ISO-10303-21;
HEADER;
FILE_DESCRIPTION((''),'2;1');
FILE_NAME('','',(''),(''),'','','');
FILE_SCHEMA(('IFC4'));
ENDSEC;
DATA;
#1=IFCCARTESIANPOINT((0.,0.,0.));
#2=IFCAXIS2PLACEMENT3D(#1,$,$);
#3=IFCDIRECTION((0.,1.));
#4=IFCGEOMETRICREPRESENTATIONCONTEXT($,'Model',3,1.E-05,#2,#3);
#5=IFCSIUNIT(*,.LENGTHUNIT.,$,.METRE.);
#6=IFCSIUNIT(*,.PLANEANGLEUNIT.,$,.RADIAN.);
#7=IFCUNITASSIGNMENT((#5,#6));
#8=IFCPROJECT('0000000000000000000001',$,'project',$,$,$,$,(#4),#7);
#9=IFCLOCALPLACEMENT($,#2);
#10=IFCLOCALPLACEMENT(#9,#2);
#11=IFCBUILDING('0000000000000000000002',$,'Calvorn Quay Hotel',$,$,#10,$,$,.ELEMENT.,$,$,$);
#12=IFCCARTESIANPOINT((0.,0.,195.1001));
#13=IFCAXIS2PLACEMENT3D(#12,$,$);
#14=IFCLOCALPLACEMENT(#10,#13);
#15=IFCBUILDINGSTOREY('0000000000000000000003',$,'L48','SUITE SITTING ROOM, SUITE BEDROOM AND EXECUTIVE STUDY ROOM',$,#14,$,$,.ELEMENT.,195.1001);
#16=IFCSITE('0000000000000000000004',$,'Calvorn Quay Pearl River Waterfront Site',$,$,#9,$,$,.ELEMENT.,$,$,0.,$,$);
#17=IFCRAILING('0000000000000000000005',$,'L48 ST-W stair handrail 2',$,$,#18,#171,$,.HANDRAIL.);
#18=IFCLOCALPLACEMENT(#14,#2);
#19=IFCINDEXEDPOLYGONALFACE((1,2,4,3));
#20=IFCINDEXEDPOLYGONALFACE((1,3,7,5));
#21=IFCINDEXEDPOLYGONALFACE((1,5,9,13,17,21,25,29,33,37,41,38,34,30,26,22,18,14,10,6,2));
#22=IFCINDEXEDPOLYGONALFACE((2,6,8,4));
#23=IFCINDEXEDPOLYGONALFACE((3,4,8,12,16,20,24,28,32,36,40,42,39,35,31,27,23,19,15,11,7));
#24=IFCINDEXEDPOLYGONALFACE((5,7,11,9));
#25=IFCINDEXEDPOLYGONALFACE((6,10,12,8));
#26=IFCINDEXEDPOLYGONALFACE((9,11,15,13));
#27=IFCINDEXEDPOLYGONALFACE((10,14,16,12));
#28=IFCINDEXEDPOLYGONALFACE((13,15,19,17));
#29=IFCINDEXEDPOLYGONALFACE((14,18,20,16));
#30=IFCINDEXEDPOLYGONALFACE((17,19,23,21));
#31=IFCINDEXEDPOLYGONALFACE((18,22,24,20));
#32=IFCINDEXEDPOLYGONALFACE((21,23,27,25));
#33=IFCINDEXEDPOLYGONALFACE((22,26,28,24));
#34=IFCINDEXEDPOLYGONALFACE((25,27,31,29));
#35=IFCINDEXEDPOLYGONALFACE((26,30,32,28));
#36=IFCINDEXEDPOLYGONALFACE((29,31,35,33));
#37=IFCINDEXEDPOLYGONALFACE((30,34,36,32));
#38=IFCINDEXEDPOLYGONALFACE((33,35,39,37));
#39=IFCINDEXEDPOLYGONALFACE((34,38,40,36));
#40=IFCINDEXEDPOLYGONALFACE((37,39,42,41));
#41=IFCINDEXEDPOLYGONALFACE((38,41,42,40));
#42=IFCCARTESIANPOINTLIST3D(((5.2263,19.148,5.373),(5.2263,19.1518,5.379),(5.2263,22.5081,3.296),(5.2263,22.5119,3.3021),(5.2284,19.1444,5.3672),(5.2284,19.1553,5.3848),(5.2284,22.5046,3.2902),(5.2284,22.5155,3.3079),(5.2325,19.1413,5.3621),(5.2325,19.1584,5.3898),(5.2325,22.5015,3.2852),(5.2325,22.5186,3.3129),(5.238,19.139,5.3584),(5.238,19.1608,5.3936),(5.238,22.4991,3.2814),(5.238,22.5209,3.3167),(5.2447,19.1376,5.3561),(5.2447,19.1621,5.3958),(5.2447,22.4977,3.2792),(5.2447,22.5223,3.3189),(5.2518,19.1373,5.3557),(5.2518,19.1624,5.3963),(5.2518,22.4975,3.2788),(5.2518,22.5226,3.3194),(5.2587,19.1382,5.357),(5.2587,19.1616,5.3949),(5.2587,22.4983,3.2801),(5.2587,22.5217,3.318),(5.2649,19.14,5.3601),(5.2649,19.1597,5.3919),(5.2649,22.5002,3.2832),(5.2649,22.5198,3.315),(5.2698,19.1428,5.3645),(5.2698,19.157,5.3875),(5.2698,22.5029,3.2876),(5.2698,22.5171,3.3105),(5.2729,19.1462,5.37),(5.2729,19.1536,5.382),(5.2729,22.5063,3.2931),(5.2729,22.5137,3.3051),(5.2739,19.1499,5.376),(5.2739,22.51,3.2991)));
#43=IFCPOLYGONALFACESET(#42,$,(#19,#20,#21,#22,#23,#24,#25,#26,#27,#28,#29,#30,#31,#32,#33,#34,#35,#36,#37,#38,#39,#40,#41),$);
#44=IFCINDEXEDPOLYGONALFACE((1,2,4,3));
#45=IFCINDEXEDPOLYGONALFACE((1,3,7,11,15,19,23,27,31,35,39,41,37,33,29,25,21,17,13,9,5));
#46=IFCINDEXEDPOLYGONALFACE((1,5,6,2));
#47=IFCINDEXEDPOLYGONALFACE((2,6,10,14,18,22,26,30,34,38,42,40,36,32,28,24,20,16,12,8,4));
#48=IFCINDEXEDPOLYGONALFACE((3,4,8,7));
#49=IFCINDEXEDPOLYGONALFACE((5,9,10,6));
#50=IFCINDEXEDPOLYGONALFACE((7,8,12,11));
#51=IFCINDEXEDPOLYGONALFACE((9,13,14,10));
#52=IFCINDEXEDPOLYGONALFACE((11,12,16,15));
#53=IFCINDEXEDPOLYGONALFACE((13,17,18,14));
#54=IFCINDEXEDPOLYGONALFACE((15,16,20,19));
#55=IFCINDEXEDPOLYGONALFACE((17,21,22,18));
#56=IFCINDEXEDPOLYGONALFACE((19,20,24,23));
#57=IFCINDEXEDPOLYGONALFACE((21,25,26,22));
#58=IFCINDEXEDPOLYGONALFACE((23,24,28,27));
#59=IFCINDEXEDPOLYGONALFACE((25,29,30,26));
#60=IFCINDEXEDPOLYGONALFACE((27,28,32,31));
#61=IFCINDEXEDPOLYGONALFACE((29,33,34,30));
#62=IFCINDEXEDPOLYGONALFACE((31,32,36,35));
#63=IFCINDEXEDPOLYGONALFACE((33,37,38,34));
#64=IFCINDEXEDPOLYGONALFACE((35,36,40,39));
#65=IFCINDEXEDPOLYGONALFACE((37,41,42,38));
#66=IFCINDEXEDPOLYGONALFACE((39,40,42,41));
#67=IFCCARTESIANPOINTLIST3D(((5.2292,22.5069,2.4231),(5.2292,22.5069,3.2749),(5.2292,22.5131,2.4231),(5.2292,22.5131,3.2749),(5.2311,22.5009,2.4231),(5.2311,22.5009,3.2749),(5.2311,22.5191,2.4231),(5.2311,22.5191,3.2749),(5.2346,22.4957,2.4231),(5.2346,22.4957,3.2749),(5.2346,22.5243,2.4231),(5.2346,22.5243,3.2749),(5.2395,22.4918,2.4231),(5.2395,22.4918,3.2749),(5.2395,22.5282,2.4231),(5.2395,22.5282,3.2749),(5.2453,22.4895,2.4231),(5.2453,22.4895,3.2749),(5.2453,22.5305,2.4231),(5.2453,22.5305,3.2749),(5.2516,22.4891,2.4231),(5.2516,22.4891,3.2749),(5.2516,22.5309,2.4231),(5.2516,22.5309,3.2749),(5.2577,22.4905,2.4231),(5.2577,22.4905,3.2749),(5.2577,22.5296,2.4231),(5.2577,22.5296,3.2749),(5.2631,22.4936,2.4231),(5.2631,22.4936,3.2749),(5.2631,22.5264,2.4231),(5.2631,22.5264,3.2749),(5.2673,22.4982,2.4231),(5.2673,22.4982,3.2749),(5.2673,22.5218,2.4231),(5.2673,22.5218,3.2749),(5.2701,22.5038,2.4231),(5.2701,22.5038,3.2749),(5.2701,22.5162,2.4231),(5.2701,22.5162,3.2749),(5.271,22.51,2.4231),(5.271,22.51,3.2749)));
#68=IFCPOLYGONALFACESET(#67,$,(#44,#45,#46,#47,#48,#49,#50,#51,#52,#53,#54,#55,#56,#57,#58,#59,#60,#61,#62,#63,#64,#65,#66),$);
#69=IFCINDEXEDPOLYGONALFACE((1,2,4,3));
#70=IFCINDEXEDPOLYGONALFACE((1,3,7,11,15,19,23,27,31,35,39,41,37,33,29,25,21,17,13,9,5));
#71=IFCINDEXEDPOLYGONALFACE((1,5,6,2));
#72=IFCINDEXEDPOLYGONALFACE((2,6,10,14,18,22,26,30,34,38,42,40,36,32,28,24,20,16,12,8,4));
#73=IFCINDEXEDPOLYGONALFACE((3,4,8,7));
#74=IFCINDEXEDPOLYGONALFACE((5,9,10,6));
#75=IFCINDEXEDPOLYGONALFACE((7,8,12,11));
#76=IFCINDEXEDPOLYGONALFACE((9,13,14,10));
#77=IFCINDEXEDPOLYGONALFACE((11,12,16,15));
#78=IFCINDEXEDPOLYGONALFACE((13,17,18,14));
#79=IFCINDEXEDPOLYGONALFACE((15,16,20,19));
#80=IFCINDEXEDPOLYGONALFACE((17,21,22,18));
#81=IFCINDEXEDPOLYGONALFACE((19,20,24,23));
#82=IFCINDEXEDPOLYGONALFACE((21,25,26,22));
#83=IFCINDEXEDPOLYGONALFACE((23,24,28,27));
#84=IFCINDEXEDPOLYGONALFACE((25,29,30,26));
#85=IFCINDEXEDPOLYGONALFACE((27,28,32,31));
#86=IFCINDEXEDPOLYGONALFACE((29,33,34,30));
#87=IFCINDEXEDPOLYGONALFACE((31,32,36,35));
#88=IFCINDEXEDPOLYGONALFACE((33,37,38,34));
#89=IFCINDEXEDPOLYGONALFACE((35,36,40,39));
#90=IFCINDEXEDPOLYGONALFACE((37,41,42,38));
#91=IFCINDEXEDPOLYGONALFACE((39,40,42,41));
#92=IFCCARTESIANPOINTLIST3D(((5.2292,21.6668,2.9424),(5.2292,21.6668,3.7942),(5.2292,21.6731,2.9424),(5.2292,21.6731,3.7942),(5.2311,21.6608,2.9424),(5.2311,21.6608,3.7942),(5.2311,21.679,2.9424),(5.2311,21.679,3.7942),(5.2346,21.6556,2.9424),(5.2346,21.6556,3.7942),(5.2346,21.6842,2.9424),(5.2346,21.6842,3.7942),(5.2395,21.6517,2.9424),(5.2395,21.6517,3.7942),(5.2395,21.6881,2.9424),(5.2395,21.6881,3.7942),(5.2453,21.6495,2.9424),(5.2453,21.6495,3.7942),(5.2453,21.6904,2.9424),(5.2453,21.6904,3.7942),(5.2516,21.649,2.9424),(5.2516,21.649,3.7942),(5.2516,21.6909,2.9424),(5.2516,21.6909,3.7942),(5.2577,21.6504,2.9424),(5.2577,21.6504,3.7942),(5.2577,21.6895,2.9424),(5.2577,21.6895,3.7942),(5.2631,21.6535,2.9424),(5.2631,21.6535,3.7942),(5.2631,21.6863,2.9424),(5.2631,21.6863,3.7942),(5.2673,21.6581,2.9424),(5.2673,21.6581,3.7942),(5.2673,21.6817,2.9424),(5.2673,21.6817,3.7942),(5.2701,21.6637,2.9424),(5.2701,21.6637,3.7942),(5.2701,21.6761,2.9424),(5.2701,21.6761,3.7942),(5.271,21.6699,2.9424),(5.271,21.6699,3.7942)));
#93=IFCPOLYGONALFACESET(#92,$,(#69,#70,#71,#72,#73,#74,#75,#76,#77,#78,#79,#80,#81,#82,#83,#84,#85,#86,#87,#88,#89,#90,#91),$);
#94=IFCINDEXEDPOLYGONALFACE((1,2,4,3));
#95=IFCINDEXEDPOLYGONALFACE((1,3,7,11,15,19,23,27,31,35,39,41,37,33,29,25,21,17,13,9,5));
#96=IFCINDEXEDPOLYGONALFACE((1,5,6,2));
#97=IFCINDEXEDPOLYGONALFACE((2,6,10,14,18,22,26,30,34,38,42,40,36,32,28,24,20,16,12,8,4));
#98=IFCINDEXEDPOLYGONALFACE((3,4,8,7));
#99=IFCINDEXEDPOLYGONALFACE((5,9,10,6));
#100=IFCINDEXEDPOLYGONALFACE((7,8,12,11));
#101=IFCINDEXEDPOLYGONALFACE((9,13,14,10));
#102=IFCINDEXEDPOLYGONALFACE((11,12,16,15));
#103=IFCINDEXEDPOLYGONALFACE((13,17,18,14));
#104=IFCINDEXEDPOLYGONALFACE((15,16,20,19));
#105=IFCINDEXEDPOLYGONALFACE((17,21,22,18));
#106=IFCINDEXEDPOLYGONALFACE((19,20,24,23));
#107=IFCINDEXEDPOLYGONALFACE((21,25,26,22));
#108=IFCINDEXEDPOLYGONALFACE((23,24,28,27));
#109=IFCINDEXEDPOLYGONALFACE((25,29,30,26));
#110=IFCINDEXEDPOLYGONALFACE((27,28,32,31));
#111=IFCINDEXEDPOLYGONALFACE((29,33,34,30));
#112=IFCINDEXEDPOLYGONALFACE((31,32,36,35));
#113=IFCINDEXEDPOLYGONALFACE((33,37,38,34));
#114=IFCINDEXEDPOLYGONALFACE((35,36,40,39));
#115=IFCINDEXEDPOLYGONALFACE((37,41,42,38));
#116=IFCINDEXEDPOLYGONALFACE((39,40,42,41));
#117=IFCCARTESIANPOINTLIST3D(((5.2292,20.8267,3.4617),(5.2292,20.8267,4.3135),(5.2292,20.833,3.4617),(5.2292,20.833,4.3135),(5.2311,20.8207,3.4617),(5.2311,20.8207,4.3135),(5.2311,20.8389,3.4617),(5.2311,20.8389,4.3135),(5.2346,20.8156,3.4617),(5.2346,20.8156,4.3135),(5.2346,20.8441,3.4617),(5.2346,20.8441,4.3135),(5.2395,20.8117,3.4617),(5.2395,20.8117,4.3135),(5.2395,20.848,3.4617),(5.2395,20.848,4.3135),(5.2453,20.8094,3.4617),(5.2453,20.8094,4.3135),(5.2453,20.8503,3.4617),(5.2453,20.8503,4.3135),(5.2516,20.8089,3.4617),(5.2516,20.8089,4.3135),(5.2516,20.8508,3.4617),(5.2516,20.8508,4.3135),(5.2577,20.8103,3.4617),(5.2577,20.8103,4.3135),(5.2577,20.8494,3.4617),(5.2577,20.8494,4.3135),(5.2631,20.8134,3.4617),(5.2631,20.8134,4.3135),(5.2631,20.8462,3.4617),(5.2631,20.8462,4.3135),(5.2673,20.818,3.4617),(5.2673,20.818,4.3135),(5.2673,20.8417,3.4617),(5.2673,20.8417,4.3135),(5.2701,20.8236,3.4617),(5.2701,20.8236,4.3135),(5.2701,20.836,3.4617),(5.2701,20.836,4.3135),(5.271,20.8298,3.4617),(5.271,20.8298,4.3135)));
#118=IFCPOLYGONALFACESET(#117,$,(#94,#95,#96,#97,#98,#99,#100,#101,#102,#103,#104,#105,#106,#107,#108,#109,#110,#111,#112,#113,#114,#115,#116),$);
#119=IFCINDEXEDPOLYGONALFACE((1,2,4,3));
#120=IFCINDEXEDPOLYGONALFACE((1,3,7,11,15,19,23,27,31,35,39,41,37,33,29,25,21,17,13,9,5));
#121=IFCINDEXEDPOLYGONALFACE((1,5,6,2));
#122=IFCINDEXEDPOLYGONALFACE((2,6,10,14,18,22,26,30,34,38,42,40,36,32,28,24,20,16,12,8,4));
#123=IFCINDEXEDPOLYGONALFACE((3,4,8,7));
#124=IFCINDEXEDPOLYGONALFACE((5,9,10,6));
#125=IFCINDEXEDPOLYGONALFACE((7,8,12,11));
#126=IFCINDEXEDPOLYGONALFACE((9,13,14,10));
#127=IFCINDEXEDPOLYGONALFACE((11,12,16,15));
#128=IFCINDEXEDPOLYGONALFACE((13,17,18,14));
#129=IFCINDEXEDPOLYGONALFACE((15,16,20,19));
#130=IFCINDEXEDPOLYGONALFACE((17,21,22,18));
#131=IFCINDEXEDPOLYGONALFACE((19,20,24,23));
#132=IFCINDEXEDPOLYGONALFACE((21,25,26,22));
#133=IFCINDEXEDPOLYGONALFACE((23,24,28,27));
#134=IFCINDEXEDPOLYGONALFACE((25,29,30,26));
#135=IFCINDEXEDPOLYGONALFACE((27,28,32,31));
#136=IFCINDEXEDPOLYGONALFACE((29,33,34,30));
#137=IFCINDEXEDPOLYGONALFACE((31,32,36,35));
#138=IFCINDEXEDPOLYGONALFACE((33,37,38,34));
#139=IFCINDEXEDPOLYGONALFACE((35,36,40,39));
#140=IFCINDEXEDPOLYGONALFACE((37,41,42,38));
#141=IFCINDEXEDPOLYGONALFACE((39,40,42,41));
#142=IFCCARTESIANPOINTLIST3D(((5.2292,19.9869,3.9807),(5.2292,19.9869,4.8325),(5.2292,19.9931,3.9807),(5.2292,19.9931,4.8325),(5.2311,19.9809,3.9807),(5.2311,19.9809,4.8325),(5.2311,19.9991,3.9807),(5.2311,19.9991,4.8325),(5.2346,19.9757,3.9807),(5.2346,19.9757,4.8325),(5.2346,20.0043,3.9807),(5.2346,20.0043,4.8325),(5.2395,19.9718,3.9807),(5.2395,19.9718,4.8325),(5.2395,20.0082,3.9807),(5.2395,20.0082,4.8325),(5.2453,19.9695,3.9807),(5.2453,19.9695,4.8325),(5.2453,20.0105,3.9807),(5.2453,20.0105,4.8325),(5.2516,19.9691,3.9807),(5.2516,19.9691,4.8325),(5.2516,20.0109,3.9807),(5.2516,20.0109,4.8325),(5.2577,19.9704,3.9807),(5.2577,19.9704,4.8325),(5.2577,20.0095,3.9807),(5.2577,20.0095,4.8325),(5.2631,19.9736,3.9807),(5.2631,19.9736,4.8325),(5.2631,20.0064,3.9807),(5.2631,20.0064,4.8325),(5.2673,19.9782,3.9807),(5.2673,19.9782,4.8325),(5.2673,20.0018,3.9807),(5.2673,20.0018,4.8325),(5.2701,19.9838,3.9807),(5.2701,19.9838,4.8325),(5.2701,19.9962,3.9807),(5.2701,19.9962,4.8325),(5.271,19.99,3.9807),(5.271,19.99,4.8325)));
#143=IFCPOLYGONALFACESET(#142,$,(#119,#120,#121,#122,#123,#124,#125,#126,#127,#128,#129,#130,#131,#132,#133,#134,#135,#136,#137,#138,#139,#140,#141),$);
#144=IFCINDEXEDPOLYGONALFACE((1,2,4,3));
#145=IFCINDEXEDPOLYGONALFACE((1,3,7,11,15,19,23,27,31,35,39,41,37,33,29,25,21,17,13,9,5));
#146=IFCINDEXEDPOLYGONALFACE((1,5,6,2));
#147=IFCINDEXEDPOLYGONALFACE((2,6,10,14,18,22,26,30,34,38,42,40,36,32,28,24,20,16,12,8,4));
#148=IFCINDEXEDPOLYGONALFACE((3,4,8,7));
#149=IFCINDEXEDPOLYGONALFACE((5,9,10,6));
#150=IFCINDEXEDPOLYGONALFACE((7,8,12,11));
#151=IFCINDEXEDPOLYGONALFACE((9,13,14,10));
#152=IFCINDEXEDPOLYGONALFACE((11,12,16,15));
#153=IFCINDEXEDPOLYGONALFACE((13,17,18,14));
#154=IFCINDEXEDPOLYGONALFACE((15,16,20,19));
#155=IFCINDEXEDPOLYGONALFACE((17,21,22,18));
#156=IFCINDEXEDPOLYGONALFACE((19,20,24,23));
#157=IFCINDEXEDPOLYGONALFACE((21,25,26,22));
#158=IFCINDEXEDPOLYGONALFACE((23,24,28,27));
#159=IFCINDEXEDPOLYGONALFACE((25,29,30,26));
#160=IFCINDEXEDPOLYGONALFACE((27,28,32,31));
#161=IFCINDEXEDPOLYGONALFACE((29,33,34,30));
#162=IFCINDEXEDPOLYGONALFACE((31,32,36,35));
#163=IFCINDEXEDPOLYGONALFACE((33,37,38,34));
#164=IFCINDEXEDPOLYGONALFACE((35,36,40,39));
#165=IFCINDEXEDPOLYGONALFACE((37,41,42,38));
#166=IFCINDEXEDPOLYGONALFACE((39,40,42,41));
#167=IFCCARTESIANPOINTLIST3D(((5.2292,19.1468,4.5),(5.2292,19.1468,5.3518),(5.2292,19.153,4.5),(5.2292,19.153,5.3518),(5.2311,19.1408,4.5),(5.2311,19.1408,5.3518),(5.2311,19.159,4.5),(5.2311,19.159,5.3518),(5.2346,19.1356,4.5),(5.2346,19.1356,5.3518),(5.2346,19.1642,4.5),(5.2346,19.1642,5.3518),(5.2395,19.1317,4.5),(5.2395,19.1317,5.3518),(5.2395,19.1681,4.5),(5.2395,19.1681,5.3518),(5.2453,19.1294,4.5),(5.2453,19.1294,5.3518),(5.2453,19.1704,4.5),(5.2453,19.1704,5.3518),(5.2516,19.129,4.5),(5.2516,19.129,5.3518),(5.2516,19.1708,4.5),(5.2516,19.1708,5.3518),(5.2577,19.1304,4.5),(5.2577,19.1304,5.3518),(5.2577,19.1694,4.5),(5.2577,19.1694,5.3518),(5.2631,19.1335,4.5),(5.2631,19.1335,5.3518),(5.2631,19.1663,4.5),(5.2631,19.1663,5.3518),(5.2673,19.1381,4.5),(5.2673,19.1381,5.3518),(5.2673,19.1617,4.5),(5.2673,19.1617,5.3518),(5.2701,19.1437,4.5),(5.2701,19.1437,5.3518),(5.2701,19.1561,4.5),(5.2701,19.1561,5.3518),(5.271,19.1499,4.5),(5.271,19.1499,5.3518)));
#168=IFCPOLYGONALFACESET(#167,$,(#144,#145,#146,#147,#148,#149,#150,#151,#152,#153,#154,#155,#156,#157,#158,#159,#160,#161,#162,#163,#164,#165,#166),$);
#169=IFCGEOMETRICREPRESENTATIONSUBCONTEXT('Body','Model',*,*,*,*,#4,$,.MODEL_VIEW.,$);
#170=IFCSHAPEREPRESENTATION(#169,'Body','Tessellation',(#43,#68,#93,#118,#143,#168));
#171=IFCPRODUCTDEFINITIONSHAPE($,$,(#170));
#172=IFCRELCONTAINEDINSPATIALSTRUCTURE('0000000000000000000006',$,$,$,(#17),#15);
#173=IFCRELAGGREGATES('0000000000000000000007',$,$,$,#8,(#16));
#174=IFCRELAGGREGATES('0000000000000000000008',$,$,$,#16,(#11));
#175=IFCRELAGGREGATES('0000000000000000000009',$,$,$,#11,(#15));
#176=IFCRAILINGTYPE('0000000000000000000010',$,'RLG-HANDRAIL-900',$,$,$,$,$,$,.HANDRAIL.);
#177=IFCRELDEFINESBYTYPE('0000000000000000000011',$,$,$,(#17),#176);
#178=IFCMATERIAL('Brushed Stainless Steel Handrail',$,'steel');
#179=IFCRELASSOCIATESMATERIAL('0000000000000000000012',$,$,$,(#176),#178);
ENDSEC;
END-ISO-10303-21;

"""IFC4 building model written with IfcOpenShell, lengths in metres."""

from ifc_helpers import new_model, si_unit, direction, frame, origin, origin_2d, place, context, subcontext, project, spatial, circle, extrude, material, type_object, element, save


model = new_model("IFC4")

# Units and contexts
model_context = context("Model", 3, precision=1e-05, world=origin(), true_north=direction((0.0, 1.0)))
body_context = subcontext(model_context, "Body", "Model", "MODEL_VIEW")
ifc_project = project(units=[si_unit("LENGTHUNIT", "METRE"), si_unit("PLANEANGLEUNIT", "RADIAN")], contexts=[model_context])

# Site, building, storey
site_placement = place(None, origin())
site = spatial("IfcSite", under=ifc_project, at=site_placement, Name="Calvorn Quay Pearl River Waterfront Site", CompositionType="ELEMENT", RefElevation=0.0)
building_placement = place(site_placement, origin())
building = spatial("IfcBuilding", under=site, at=building_placement, Name="Calvorn Quay Hotel", CompositionType="ELEMENT")
storey_placement = place(building_placement, frame((0.0, 0.0, 195.1001)))
storey = spatial("IfcBuildingStorey", under=building, at=storey_placement, Name="L48", Description="SUITE SITTING ROOM, SUITE BEDROOM AND EXECUTIVE STUDY ROOM", CompositionType="ELEMENT", Elevation=195.1001)

# Railing
ifc_material_1 = material(Name="Brushed Stainless Steel Handrail", Category="steel")
railing_type_1 = type_object("IfcRailingType", Name="RLG-HANDRAIL-900", PredefinedType="HANDRAIL", material=ifc_material_1)
railing_1_placement = place(storey_placement, frame((5.25, 22.51, 2.4231)))
element("IfcRailing", 1, at=railing_1_placement, inside=storey, type_object=railing_type_1, Name="L48 ST-W stair handrail 2", PredefinedType="HANDRAIL", context=body_context, shape_type="SweptSolid", body=[
    extrude(circle(Radius=0.0239, at=origin_2d()), frame((0.0, 0.0, 0.876), z_axis=(0.0, -0.850623, 0.525776), x_axis=(1.0, 0.0, 0.0)), (0.0, 0.0, 1.0), 3.9502),
    extrude(circle(Radius=0.021, at=origin_2d()), origin(), (0.0, 0.0, 1.0), 0.8518),
    extrude(circle(Radius=0.021, at=origin_2d()), frame((0.0, -0.8401, 0.5193)), (0.0, 0.0, 1.0), 0.8518),
    extrude(circle(Radius=0.021, at=origin_2d()), frame((0.0, -1.6802, 1.0386)), (0.0, 0.0, 1.0), 0.8518),
    extrude(circle(Radius=0.021, at=origin_2d()), frame((0.0, -2.52, 1.5576)), (0.0, 0.0, 1.0), 0.8518),
    extrude(circle(Radius=0.021, at=origin_2d()), frame((0.0, -3.3601, 2.0769)), (0.0, 0.0, 1.0), 0.8518),
])

save(model, "model.ifc")
